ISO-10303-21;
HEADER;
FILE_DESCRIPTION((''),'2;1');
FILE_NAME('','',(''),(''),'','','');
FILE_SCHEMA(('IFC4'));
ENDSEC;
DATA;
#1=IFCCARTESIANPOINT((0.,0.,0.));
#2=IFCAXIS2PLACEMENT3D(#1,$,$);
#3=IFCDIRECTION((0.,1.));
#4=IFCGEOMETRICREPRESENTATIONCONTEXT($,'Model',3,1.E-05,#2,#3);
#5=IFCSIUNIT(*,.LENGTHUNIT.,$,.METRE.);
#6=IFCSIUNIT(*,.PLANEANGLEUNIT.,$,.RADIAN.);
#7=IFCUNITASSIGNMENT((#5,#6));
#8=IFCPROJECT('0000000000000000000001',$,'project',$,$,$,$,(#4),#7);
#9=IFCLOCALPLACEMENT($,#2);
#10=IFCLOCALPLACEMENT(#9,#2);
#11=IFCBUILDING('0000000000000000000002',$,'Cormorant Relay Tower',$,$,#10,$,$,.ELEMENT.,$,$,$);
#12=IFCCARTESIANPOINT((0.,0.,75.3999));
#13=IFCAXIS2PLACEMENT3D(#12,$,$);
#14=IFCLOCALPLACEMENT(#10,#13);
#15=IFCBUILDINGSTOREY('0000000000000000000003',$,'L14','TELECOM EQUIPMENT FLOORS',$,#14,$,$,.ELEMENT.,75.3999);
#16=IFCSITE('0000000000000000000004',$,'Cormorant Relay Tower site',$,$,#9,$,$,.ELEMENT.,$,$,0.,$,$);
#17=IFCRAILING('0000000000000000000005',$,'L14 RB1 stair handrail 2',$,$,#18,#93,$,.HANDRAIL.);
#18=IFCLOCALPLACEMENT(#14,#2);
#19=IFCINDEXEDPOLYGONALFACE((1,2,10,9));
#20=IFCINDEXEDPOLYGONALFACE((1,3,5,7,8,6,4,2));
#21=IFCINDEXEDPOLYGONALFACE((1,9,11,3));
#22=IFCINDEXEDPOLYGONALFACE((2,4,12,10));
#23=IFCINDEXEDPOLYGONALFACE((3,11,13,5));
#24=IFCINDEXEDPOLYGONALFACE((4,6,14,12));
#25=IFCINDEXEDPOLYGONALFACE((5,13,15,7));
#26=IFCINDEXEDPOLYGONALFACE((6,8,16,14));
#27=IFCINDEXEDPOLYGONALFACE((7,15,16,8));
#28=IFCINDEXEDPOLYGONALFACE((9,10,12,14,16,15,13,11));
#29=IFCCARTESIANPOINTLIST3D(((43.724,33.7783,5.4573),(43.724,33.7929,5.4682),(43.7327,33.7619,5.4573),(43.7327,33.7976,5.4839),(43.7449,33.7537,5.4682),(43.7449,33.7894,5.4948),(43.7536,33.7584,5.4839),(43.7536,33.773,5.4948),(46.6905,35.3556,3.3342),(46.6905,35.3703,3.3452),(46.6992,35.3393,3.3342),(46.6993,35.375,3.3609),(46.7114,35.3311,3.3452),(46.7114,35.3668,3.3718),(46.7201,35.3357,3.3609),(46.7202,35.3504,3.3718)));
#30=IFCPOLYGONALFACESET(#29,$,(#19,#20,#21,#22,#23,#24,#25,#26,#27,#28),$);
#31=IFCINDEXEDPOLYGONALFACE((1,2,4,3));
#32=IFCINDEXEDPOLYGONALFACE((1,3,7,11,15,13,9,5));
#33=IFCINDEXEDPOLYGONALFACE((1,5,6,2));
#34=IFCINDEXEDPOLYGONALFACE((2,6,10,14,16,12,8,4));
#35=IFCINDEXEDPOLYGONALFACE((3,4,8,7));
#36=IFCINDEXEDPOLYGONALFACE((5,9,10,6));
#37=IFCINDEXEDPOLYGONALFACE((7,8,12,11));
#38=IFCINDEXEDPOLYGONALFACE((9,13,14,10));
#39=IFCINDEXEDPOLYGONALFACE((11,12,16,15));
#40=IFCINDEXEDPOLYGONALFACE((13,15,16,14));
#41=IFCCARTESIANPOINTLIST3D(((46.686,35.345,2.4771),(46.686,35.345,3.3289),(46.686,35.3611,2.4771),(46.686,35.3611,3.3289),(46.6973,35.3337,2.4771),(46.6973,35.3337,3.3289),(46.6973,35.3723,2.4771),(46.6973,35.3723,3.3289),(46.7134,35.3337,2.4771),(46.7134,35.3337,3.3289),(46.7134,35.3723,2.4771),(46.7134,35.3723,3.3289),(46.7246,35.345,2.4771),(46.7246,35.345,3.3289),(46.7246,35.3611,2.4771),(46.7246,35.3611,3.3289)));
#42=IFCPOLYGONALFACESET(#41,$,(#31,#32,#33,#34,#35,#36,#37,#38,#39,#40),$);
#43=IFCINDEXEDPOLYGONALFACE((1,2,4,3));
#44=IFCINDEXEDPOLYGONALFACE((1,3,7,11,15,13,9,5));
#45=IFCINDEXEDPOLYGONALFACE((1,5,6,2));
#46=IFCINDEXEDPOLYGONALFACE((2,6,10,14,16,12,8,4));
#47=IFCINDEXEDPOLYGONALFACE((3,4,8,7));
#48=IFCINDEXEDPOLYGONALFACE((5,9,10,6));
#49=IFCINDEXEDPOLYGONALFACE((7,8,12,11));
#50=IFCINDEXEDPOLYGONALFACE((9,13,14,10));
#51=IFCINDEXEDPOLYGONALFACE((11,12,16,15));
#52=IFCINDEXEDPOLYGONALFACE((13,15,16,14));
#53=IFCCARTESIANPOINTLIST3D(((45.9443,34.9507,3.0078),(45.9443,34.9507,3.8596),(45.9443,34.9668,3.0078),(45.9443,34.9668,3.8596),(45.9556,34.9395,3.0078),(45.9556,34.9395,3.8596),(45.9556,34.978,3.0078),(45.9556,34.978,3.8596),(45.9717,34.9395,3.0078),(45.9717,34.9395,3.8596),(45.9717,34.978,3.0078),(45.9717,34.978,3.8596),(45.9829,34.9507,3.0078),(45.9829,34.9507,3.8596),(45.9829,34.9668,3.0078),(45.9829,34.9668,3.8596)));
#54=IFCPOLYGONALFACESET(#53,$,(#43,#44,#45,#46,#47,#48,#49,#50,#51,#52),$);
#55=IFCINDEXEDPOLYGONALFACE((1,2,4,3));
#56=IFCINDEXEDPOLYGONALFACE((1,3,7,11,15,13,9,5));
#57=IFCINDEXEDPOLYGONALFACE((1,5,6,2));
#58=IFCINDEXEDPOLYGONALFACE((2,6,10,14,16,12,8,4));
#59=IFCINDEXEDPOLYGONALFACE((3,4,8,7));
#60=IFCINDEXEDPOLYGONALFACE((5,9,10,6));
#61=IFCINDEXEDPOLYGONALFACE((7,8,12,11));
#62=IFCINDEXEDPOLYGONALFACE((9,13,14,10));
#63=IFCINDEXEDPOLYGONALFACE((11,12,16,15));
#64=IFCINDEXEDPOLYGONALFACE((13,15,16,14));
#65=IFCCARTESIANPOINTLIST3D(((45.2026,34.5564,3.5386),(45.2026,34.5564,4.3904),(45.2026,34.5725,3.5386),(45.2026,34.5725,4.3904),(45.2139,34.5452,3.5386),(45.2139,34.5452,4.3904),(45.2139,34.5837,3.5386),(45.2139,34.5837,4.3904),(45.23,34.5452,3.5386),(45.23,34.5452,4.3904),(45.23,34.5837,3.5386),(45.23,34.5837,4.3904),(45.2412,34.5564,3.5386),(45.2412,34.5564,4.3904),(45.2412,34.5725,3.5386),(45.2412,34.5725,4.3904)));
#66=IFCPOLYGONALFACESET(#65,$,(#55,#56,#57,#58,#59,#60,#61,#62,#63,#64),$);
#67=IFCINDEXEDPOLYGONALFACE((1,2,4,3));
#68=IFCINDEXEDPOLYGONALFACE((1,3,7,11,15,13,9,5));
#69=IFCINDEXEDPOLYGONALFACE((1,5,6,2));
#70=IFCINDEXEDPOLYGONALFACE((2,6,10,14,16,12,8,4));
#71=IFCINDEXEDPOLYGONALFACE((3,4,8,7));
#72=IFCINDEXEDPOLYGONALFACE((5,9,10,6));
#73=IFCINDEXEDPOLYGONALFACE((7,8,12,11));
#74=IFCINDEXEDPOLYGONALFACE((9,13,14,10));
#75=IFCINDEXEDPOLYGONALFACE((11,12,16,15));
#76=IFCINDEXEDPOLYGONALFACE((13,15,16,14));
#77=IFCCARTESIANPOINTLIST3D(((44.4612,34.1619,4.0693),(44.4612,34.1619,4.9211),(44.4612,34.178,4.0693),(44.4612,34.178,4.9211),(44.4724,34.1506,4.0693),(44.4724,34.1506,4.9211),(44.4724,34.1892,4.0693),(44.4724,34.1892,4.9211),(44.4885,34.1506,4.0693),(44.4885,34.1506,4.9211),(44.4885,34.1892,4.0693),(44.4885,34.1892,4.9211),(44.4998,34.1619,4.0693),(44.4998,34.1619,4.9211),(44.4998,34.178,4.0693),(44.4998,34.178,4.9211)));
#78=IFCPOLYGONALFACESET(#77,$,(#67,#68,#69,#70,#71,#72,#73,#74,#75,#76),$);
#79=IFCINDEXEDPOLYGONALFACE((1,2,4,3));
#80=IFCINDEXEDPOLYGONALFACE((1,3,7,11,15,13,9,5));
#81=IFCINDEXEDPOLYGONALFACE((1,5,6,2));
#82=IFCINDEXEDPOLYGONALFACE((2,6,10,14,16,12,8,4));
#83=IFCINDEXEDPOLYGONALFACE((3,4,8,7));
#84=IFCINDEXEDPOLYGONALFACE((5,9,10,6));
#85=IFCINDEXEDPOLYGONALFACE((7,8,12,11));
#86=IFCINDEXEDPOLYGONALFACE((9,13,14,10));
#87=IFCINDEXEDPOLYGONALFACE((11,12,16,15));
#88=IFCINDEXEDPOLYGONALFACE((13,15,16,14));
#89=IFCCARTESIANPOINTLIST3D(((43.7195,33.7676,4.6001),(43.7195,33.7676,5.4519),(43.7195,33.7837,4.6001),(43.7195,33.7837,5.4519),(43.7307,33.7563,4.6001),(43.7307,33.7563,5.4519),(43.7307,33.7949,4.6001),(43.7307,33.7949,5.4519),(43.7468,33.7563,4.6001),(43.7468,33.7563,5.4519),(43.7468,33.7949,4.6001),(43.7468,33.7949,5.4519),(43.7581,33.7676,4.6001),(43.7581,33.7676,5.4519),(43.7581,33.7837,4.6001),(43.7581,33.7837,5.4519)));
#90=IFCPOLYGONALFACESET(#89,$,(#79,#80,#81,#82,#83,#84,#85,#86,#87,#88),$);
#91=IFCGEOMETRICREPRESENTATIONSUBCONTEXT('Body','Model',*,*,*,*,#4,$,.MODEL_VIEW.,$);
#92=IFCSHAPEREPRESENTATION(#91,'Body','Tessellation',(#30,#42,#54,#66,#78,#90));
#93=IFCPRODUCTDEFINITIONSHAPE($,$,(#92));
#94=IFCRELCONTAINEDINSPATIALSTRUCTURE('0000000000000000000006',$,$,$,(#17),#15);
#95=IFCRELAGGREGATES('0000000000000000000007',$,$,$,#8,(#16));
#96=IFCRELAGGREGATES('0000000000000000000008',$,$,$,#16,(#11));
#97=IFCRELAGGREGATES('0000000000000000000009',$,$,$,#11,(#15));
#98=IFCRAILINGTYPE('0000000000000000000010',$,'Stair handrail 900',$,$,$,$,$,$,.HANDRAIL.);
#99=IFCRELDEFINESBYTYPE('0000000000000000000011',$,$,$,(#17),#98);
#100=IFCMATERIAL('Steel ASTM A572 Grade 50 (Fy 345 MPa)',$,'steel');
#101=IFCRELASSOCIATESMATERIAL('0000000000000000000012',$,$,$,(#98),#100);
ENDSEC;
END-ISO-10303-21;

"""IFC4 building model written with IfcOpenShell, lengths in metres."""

from ifc_helpers import new_model, si_unit, direction, frame, origin, place, context, subcontext, project, spatial, polyline, outline, extrude, material, type_object, element, save


model = new_model("IFC4")

# Units and contexts
model_context = context("Model", 3, precision=1e-05, world=origin(), true_north=direction((0.0, 1.0)))
body_context = subcontext(model_context, "Body", "Model", "MODEL_VIEW")
ifc_project = project(units=[si_unit("LENGTHUNIT", "METRE"), si_unit("PLANEANGLEUNIT", "RADIAN")], contexts=[model_context])

# Site, building, storey
site_placement = place(None, origin())
site = spatial("IfcSite", under=ifc_project, at=site_placement, Name="Cormorant Relay Tower site", CompositionType="ELEMENT", RefElevation=0.0)
building_placement = place(site_placement, origin())
building = spatial("IfcBuilding", under=site, at=building_placement, Name="Cormorant Relay Tower", CompositionType="ELEMENT")
storey_placement = place(building_placement, frame((0.0, 0.0, 75.3999)))
storey = spatial("IfcBuildingStorey", under=building, at=storey_placement, Name="L14", Description="TELECOM EQUIPMENT FLOORS", CompositionType="ELEMENT", Elevation=75.3999)

# Railing
ifc_material_1 = material(Name="Steel ASTM A572 Grade 50 (Fy 345 MPa)", Category="steel")
railing_type_1 = type_object("IfcRailingType", Name="Stair handrail 900", PredefinedType="HANDRAIL", material=ifc_material_1)
railing_1_placement = place(storey_placement, frame((46.7053, 35.353, 2.4771)))
element("IfcRailing", 1, at=railing_1_placement, inside=storey, type_object=railing_type_1, Name="L14 RB1 stair handrail 2", PredefinedType="HANDRAIL", context=body_context, shape_type="SweptSolid", body=[
    extrude(outline(polyline([(0.0222, 0.0093), (0.0093, 0.0222), (-0.0093, 0.0222), (-0.0222, 0.0093), (-0.0222, -0.0093), (-0.0093, -0.0222), (0.0093, -0.0222), (0.0222, -0.0093), (0.0222, 0.0093)])), frame((0.0, 0.0, 0.876), z_axis=(-0.746413, -0.396887, 0.534179), x_axis=(0.469483, -0.882942, 0.0)), (0.0, 0.0, 1.0), 3.9744),
    extrude(outline(polyline([(0.0193, 0.0081), (0.0081, 0.0193), (-0.0081, 0.0193), (-0.0193, 0.0081), (-0.0193, -0.0081), (-0.0081, -0.0193), (0.0081, -0.0193), (0.0193, -0.0081), (0.0193, 0.0081)])), origin(), (0.0, 0.0, 1.0), 0.8518),
    extrude(outline(polyline([(0.0193, 0.0081), (0.0081, 0.0193), (-0.0081, 0.0193), (-0.0193, 0.0081), (-0.0193, -0.0081), (-0.0081, -0.0193), (0.0081, -0.0193), (0.0193, -0.0081), (0.0193, 0.0081)])), frame((-0.7417, -0.3943, 0.5308)), (0.0, 0.0, 1.0), 0.8518),
    extrude(outline(polyline([(0.0193, 0.0081), (0.0081, 0.0193), (-0.0081, 0.0193), (-0.0193, 0.0081), (-0.0193, -0.0081), (-0.0081, -0.0193), (0.0081, -0.0193), (0.0193, -0.0081), (0.0193, 0.0081)])), frame((-1.4834, -0.7886, 1.0615)), (0.0, 0.0, 1.0), 0.8518),
    extrude(outline(polyline([(0.0193, 0.0081), (0.0081, 0.0193), (-0.0081, 0.0193), (-0.0193, 0.0081), (-0.0193, -0.0081), (-0.0081, -0.0193), (0.0081, -0.0193), (0.0193, -0.0081), (0.0193, 0.0081)])), frame((-2.2249, -1.1831, 1.5923)), (0.0, 0.0, 1.0), 0.8518),
    extrude(outline(polyline([(0.0193, 0.0081), (0.0081, 0.0193), (-0.0081, 0.0193), (-0.0193, 0.0081), (-0.0193, -0.0081), (-0.0081, -0.0193), (0.0081, -0.0193), (0.0193, -0.0081), (0.0193, 0.0081)])), frame((-2.9666, -1.5774, 2.123)), (0.0, 0.0, 1.0), 0.8518),
])

save(model, "model.ifc")
